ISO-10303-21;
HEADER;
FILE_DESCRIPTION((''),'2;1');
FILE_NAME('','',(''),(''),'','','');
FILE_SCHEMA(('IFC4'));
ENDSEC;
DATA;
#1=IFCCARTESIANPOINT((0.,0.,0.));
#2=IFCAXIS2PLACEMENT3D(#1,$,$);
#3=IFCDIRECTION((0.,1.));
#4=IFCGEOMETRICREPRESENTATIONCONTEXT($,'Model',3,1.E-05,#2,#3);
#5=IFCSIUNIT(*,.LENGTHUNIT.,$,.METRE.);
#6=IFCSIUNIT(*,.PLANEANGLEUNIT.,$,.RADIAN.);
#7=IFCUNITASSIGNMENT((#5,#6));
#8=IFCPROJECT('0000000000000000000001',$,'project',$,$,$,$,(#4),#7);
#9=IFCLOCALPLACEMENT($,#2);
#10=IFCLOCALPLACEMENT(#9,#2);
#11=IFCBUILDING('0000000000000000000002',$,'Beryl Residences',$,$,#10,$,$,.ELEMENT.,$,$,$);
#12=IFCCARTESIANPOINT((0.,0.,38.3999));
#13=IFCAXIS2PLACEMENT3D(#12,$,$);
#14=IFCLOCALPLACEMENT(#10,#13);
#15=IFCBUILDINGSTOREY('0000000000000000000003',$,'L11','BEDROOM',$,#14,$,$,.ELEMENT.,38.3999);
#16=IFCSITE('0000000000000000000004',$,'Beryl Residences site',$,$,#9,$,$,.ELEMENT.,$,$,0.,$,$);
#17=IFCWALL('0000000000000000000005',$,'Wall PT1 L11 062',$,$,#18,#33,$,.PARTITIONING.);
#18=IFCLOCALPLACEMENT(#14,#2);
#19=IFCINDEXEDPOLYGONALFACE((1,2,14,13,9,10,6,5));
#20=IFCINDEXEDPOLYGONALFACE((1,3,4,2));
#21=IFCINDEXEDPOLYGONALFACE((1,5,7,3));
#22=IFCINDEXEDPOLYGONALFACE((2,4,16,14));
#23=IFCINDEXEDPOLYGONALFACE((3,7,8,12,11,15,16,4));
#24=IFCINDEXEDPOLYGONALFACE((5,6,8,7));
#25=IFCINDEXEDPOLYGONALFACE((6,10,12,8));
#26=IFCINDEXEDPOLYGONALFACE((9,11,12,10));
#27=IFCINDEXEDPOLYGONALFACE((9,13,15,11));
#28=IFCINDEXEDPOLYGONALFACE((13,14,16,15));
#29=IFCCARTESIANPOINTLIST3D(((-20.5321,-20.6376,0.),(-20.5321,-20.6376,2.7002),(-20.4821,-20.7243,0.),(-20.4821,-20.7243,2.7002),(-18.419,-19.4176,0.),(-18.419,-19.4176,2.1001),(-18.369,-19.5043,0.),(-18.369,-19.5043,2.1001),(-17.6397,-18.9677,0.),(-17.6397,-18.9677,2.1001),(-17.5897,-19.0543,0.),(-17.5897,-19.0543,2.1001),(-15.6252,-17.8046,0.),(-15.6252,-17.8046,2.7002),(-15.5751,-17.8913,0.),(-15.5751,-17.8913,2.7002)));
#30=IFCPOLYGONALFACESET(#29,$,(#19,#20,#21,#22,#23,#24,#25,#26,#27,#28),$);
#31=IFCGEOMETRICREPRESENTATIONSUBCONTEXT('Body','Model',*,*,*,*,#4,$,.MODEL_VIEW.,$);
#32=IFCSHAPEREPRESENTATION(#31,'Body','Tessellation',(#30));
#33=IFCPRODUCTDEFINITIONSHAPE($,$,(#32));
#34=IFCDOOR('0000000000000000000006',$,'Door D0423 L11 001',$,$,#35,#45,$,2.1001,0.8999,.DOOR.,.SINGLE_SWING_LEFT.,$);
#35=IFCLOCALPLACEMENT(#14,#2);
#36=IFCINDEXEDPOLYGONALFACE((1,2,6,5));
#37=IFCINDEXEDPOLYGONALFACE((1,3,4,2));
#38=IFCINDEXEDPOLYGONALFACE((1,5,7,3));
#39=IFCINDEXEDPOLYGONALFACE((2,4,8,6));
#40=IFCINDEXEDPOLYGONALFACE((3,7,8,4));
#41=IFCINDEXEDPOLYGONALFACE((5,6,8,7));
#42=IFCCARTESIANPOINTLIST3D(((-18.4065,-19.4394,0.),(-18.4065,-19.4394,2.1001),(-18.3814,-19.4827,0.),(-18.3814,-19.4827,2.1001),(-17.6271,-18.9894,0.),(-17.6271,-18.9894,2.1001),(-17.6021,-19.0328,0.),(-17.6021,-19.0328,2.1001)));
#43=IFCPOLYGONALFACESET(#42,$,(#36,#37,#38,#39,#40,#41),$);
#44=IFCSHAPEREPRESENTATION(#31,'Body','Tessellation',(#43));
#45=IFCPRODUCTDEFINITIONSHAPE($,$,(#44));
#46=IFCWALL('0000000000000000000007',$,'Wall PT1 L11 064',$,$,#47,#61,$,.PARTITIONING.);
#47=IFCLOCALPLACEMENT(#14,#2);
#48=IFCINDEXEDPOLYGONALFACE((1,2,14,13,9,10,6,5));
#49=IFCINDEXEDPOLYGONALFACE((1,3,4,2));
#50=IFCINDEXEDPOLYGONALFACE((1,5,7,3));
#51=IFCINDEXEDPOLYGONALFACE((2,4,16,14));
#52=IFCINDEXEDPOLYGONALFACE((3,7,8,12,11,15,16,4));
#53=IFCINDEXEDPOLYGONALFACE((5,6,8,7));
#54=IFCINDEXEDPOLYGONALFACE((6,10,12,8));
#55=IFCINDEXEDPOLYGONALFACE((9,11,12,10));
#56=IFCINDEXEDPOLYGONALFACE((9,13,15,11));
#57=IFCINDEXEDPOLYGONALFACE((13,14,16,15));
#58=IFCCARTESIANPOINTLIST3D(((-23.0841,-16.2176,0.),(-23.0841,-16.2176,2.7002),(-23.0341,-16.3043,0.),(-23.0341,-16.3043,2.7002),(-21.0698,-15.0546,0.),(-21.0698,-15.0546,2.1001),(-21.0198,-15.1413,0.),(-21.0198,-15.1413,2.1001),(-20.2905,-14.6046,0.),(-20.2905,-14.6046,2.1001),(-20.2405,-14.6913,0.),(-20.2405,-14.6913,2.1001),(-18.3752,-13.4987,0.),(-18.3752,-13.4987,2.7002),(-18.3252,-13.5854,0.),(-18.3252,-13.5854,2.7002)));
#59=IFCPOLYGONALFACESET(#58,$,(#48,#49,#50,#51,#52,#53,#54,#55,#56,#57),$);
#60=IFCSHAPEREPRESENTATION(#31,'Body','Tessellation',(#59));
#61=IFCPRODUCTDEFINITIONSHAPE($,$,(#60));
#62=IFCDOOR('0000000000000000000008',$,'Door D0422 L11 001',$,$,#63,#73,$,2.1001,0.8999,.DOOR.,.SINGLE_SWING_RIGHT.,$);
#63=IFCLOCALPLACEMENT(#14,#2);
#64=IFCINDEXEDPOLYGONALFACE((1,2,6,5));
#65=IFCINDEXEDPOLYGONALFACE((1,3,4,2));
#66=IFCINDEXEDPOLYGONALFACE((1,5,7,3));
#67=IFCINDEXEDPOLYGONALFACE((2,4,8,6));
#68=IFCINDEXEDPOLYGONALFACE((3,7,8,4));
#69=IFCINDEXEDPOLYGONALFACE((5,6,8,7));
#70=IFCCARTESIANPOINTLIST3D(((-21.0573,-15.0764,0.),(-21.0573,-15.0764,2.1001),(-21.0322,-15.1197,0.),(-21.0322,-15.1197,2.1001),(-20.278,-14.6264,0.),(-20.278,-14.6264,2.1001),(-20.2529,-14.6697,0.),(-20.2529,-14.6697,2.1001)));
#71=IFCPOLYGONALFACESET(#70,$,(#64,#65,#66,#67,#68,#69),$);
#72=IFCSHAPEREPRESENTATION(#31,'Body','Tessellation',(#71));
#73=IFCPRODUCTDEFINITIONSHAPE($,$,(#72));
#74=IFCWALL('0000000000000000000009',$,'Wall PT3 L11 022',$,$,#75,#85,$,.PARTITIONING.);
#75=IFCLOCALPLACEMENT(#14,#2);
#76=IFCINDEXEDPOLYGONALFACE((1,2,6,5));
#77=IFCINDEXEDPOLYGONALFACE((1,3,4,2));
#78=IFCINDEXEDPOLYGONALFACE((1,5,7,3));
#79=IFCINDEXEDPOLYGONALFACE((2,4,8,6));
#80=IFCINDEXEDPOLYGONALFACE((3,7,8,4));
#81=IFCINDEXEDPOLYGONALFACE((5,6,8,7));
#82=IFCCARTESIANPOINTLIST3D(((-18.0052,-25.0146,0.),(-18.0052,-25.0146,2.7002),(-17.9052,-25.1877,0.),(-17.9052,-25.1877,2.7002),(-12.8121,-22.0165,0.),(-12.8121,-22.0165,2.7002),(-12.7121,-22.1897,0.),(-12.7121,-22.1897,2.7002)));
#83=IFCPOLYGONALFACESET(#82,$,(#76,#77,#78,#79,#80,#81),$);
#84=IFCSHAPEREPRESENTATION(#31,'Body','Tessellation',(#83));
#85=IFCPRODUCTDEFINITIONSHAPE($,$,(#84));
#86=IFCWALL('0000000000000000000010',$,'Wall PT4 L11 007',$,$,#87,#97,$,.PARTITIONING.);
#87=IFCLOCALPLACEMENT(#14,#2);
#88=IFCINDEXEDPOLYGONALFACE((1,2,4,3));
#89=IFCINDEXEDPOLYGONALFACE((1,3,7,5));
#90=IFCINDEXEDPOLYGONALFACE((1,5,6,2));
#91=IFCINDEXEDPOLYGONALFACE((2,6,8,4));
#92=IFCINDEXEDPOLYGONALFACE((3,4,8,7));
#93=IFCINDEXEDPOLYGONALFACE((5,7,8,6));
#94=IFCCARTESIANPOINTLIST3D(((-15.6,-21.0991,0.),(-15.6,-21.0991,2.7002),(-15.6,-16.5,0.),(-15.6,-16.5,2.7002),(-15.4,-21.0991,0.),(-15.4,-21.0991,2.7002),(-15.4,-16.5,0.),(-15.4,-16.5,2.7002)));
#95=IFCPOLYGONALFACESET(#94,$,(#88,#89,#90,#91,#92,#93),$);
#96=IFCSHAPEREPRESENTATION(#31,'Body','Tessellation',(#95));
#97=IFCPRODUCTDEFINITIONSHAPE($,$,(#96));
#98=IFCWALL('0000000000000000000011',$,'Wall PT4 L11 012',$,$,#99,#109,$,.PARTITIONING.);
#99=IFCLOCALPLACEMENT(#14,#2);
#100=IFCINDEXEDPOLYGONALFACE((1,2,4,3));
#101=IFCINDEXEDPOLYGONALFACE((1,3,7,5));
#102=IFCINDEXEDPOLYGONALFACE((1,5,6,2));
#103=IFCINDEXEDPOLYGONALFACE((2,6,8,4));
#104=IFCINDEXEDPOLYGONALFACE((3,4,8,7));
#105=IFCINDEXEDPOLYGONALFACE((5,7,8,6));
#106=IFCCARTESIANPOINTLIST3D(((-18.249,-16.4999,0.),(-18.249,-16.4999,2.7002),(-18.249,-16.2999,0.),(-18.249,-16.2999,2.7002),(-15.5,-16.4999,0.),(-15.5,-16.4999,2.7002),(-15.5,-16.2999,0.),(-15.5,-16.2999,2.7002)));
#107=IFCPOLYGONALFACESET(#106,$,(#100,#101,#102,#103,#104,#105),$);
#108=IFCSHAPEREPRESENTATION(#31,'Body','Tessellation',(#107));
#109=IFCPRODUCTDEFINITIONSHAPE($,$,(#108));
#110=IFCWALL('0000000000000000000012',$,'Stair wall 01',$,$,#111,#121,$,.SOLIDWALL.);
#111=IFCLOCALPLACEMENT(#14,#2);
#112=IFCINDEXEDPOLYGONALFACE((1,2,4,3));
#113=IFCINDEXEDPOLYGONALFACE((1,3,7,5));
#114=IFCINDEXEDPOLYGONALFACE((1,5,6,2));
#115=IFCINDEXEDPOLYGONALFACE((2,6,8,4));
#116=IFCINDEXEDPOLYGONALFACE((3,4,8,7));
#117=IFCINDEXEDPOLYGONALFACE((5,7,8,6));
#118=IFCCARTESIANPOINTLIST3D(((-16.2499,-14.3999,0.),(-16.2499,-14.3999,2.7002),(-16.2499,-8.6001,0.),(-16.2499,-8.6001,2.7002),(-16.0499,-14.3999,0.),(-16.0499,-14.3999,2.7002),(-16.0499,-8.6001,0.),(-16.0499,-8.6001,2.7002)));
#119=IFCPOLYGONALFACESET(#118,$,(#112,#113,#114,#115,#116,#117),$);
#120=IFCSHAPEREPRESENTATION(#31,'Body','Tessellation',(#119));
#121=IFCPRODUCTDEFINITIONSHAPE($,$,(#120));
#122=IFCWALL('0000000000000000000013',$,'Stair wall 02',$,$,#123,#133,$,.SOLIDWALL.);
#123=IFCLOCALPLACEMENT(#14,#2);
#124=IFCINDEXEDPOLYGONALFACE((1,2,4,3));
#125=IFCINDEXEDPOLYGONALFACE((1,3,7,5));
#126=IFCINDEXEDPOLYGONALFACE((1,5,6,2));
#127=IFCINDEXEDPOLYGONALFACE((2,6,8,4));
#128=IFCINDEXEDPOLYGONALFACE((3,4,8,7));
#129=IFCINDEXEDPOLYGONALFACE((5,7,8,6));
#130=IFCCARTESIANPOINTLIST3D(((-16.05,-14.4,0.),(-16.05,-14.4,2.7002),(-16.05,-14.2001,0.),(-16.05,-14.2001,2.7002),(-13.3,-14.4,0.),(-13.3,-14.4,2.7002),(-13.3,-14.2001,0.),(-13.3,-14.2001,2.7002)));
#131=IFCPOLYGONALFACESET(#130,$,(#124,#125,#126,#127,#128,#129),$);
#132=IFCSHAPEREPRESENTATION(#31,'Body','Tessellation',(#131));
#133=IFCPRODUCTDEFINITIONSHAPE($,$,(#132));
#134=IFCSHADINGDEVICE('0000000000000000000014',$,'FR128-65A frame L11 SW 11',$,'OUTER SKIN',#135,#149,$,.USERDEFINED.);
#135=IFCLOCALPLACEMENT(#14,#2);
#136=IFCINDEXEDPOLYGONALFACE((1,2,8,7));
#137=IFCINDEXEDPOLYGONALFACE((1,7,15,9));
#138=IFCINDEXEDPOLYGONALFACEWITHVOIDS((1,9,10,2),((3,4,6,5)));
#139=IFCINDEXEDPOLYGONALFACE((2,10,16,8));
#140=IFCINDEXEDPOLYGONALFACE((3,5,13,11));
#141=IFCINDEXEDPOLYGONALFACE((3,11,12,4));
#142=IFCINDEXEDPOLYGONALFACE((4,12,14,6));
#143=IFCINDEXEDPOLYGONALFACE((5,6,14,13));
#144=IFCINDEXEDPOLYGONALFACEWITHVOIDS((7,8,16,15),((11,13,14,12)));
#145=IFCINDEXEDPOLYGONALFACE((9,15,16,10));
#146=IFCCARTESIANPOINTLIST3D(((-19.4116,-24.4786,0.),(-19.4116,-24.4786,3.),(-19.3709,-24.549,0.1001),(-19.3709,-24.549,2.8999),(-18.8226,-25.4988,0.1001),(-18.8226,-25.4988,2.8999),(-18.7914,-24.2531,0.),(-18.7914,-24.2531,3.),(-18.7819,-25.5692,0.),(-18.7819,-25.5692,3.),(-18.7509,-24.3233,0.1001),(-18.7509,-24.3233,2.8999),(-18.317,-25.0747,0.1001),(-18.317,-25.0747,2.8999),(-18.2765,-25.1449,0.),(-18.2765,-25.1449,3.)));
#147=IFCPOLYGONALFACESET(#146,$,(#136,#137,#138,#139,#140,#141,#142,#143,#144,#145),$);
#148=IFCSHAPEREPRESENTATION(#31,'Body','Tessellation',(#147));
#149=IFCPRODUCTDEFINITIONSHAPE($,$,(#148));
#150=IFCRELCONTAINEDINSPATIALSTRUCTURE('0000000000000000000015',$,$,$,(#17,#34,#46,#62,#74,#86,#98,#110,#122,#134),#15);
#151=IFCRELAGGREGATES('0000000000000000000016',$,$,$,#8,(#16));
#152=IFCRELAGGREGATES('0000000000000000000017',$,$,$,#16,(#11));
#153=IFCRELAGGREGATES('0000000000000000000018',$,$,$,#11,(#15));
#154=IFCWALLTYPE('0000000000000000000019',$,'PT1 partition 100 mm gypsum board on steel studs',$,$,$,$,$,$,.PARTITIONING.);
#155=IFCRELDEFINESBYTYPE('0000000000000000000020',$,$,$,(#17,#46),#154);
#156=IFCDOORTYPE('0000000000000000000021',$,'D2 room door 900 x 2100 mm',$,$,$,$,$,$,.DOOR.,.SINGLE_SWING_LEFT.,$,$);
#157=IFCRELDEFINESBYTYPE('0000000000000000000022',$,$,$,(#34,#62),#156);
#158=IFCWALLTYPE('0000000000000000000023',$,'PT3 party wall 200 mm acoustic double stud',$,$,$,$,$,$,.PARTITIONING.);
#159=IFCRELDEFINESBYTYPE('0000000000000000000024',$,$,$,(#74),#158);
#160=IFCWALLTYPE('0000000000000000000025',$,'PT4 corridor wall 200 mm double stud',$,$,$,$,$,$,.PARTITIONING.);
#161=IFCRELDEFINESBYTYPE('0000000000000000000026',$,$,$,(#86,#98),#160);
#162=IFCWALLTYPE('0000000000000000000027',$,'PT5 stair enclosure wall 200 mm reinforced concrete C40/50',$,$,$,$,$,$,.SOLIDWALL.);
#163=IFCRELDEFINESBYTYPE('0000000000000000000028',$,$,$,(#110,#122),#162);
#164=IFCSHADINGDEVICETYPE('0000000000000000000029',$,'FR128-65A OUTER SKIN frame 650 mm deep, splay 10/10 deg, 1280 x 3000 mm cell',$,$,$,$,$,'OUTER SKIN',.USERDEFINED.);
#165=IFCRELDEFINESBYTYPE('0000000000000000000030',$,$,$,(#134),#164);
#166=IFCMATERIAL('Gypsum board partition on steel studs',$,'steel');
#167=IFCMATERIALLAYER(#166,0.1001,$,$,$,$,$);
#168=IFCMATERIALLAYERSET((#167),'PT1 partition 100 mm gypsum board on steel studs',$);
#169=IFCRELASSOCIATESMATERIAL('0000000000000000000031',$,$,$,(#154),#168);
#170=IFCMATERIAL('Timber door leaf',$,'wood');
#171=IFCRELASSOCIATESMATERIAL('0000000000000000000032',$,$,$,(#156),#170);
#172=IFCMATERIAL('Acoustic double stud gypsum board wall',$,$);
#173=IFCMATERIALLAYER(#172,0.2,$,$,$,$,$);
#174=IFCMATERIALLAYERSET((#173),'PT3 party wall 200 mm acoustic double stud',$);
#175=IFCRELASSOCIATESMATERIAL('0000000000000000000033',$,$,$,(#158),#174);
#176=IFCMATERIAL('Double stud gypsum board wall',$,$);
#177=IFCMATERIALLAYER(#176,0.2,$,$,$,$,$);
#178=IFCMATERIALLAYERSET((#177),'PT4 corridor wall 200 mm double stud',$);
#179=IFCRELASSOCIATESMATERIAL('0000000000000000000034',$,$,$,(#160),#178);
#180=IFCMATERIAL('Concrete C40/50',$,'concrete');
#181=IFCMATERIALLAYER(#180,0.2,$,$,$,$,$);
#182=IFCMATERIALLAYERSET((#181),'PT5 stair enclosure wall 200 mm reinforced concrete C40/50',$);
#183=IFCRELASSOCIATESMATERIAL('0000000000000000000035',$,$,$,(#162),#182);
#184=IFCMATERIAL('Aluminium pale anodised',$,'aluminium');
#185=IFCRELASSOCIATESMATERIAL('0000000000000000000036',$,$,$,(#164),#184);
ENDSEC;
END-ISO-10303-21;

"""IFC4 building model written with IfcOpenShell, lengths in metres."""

from ifc_helpers import new_model, entity, si_unit, direction, frame, frame_2d, origin, place, context, subcontext, project, spatial, rectangle, extrude, source, transform, mapped, material, layer, layer_set, type_object, type_shapes, element, fill, save


model = new_model("IFC4")

# Units and contexts
model_context = context("Model", 3, precision=1e-05, world=origin(), true_north=direction((0.0, 1.0)))
body_context = subcontext(model_context, "Body", "Model", "MODEL_VIEW")
ifc_project = project(units=[si_unit("LENGTHUNIT", "METRE"), si_unit("PLANEANGLEUNIT", "RADIAN")], contexts=[model_context])

# Site, building, storey
site_placement = place(None, origin())
site = spatial("IfcSite", under=ifc_project, at=site_placement, Name="Beryl Residences site", CompositionType="ELEMENT", RefElevation=0.0)
building_placement = place(site_placement, origin())
building = spatial("IfcBuilding", under=site, at=building_placement, Name="Beryl Residences", CompositionType="ELEMENT")
storey_placement = place(building_placement, frame((0.0, 0.0, 38.3999)))
storey = spatial("IfcBuildingStorey", under=building, at=storey_placement, Name="L11", Description="BEDROOM", CompositionType="ELEMENT", Elevation=38.3999)

# Shared definitions
ifc_material_1 = material(Name="Gypsum board partition on steel studs", Category="steel")
ifc_layer_1 = layer(ifc_material_1, 0.1001)
ifc_layer_set_1 = layer_set([ifc_layer_1], Name="PT1 partition 100 mm gypsum board on steel studs")
wall_type_1 = type_object("IfcWallType", Name="PT1 partition 100 mm gypsum board on steel studs", PredefinedType="PARTITIONING", material=ifc_layer_set_1)

# Walls, openings, doors
wall_1_placement = place(storey_placement, frame((-20.5071, -20.6809, 0.0), z_axis=(0.0, 0.0, 1.0), x_axis=(0.866028, 0.499995, 0.0)))
wall_1 = element("IfcWall", 1, at=wall_1_placement, inside=storey, type_object=wall_type_1, Name="Wall PT1 L11 062", PredefinedType="PARTITIONING", context=body_context, shape_type="SweptSolid", body=[
    extrude(rectangle(XDim=5.666, YDim=0.1001, at=frame_2d((2.833, 0.0))), origin(), (0.0, 0.0, 1.0), 2.7002),
])
opening_1_placement = place(wall_1_placement, frame((2.4399, 0.0, 0.0)))
opening_1 = element("IfcOpeningElement", 2, at=opening_1_placement, cuts=wall_1, PredefinedType="OPENING", context=body_context, shape_type="SweptSolid", body=[
    extrude(rectangle(XDim=0.8999, YDim=2.1001, at=frame_2d((0.45, 1.05))), frame((0.0, 0.0601, 0.0), z_axis=(0.0, -1.0, 0.0), x_axis=(1.0, 0.0, 0.0)), (0.0, 0.0, 1.0), 0.1201),
])
ifc_material_2 = material(Name="Timber door leaf", Category="wood")
door_type_1 = type_object("IfcDoorType", Name="D2 room door 900 x 2100 mm", OperationType="SINGLE_SWING_LEFT", PredefinedType="DOOR", material=ifc_material_2)
door_1_placement = place(opening_1_placement, origin())
door_1 = element("IfcDoor", 3, at=door_1_placement, inside=storey, type_object=door_type_1, Name="Door D0423 L11 001", OperationType="SINGLE_SWING_LEFT", OverallHeight=2.1001, OverallWidth=0.8999, PredefinedType="DOOR", context=body_context, shape_type="SweptSolid", body=[
    extrude(rectangle(XDim=0.8999, YDim=2.1001, at=frame_2d((0.45, 1.05))), frame((0.0, 0.0249, 0.0), z_axis=(0.0, -1.0, 0.0), x_axis=(1.0, 0.0, 0.0)), (0.0, 0.0, 1.0), 0.05),
])
fill(opening_1, door_1)
wall_2_placement = place(storey_placement, frame((-23.0591, -16.261, 0.0), z_axis=(0.0, 0.0, 1.0), x_axis=(0.866005, 0.500036, 0.0)))
wall_2 = element("IfcWall", 4, at=wall_2_placement, inside=storey, type_object=wall_type_1, Name="Wall PT1 L11 064", PredefinedType="PARTITIONING", context=body_context, shape_type="SweptSolid", body=[
    extrude(rectangle(XDim=5.4375, YDim=0.1001, at=frame_2d((2.7188, 0.0))), origin(), (0.0, 0.0, 1.0), 2.7002),
])
opening_2_placement = place(wall_2_placement, frame((2.3259, 0.0, 0.0)))
opening_2 = element("IfcOpeningElement", 5, at=opening_2_placement, cuts=wall_2, PredefinedType="OPENING", context=body_context, shape_type="SweptSolid", body=[
    extrude(rectangle(XDim=0.8999, YDim=2.1001, at=frame_2d((0.45, 1.05))), frame((0.0, 0.0601, 0.0), z_axis=(0.0, -1.0, 0.0), x_axis=(1.0, 0.0, 0.0)), (0.0, 0.0, 1.0), 0.1201),
])
door_2_placement = place(opening_2_placement, origin())
door_2 = element("IfcDoor", 6, at=door_2_placement, inside=storey, type_object=door_type_1, Name="Door D0422 L11 001", OperationType="SINGLE_SWING_RIGHT", OverallHeight=2.1001, OverallWidth=0.8999, PredefinedType="DOOR", context=body_context, shape_type="SweptSolid", body=[
    extrude(rectangle(XDim=0.8999, YDim=2.1001, at=frame_2d((0.45, 1.05))), frame((0.0, 0.0249, 0.0), z_axis=(0.0, -1.0, 0.0), x_axis=(1.0, 0.0, 0.0)), (0.0, 0.0, 1.0), 0.05),
])
fill(opening_2, door_2)

# Walls
ifc_material_3 = material(Name="Acoustic double stud gypsum board wall")
ifc_layer_2 = layer(ifc_material_3, 0.2)
ifc_layer_set_2 = layer_set([ifc_layer_2], Name="PT3 party wall 200 mm acoustic double stud")
wall_type_2 = type_object("IfcWallType", Name="PT3 party wall 200 mm acoustic double stud", PredefinedType="PARTITIONING", material=ifc_layer_set_2)
wall_3_placement = place(storey_placement, frame((-17.9551, -25.1011, 0.0), z_axis=(0.0, 0.0, 1.0), x_axis=(0.86604, 0.499975, 0.0)))
element("IfcWall", 7, at=wall_3_placement, inside=storey, type_object=wall_type_2, Name="Wall PT3 L11 022", PredefinedType="PARTITIONING", context=body_context, shape_type="SweptSolid", body=[
    extrude(rectangle(XDim=5.9963, YDim=0.2, at=frame_2d((2.998, 0.0))), origin(), (0.0, 0.0, 1.0), 2.7002),
])
ifc_material_4 = material(Name="Double stud gypsum board wall")
ifc_layer_3 = layer(ifc_material_4, 0.2)
ifc_layer_set_3 = layer_set([ifc_layer_3], Name="PT4 corridor wall 200 mm double stud")
wall_type_3 = type_object("IfcWallType", Name="PT4 corridor wall 200 mm double stud", PredefinedType="PARTITIONING", material=ifc_layer_set_3)
wall_4_placement = place(storey_placement, frame((-15.5, -16.5, 0.0), z_axis=(0.0, 0.0, 1.0), x_axis=(0.0, -1.0, 0.0)))
element("IfcWall", 8, at=wall_4_placement, inside=storey, type_object=wall_type_3, Name="Wall PT4 L11 007", PredefinedType="PARTITIONING", context=body_context, shape_type="SweptSolid", body=[
    extrude(rectangle(XDim=4.5991, YDim=0.2, at=frame_2d((2.2996, 0.0))), origin(), (0.0, 0.0, 1.0), 2.7002),
])
wall_5_placement = place(storey_placement, frame((-18.249, -16.3999, 0.0), z_axis=(0.0, 0.0, 1.0), x_axis=(1.0, 0.0, 0.0)))
element("IfcWall", 9, at=wall_5_placement, inside=storey, type_object=wall_type_3, Name="Wall PT4 L11 012", PredefinedType="PARTITIONING", context=body_context, shape_type="SweptSolid", body=[
    extrude(rectangle(XDim=2.749, YDim=0.2, at=frame_2d((1.3745, 0.0))), origin(), (0.0, 0.0, 1.0), 2.7002),
])
ifc_material_5 = material(Name="Concrete C40/50", Category="concrete")
ifc_layer_4 = layer(ifc_material_5, 0.2)
ifc_layer_set_4 = layer_set([ifc_layer_4], Name="PT5 stair enclosure wall 200 mm reinforced concrete C40/50")
wall_type_4 = type_object("IfcWallType", Name="PT5 stair enclosure wall 200 mm reinforced concrete C40/50", PredefinedType="SOLIDWALL", material=ifc_layer_set_4)
wall_6_placement = place(storey_placement, frame((-16.1499, -14.3999, 0.0), z_axis=(0.0, 0.0, 1.0), x_axis=(0.0, 1.0, 0.0)))
element("IfcWall", 10, at=wall_6_placement, inside=storey, type_object=wall_type_4, Name="Stair wall 01", PredefinedType="SOLIDWALL", context=body_context, shape_type="SweptSolid", body=[
    extrude(rectangle(XDim=5.7998, YDim=0.2, at=frame_2d((2.8999, 0.0))), origin(), (0.0, 0.0, 1.0), 2.7002),
])
wall_7_placement = place(storey_placement, frame((-16.05, -14.3, 0.0), z_axis=(0.0, 0.0, 1.0), x_axis=(1.0, 0.0, 0.0)))
element("IfcWall", 11, at=wall_7_placement, inside=storey, type_object=wall_type_4, Name="Stair wall 02", PredefinedType="SOLIDWALL", context=body_context, shape_type="SweptSolid", body=[
    extrude(rectangle(XDim=2.75, YDim=0.2, at=frame_2d((1.375, 0.0))), origin(), (0.0, 0.0, 1.0), 2.7002),
])

# Shading device
ifc_material_6 = material(Name="Aluminium pale anodised", Category="aluminium")
shading_device_type_1 = type_object("IfcShadingDeviceType", Name="FR128-65A OUTER SKIN frame 650 mm deep, splay 10/10 deg, 1280 x 3000 mm cell", ElementType="OUTER SKIN", PredefinedType="USERDEFINED", material=ifc_material_6)
cartesian_point_1 = entity("IfcCartesianPoint", [-0.5149, 0.0])
cartesian_point_2 = entity("IfcCartesianPoint", [-0.4338, 0.1001])
cartesian_point_3 = entity("IfcCartesianPoint", [-0.6296, 0.0])
cartesian_point_4 = entity("IfcCartesianPoint", [-0.5483, 0.1001])
shared_shape_1 = source(origin(), body_context, "Body", "SweptSolid", [
    entity("IfcExtrudedAreaSolidTapered", entity("IfcArbitraryProfileDefWithVoids", "AREA", None, entity("IfcPolyline", [cartesian_point_1, entity("IfcCartesianPoint", [0.5149, 0.0]), entity("IfcCartesianPoint", [0.5149, 3.0]), entity("IfcCartesianPoint", [-0.5149, 3.0]), cartesian_point_1]), [entity("IfcPolyline", [cartesian_point_2, entity("IfcCartesianPoint", [0.4338, 0.1001]), entity("IfcCartesianPoint", [0.4338, 2.8999]), entity("IfcCartesianPoint", [-0.4338, 2.8999]), cartesian_point_2])]), entity("IfcAxis2Placement3D", entity("IfcCartesianPoint", [0.0, 0.0, 0.0]), entity("IfcDirection", [0.0, 1.0, 0.0]), entity("IfcDirection", [-1.0, 0.0, 0.0])), entity("IfcDirection", [0.0, 0.0, 1.0]), 0.6499, entity("IfcArbitraryProfileDefWithVoids", "AREA", None, entity("IfcPolyline", [cartesian_point_3, entity("IfcCartesianPoint", [0.6296, 0.0]), entity("IfcCartesianPoint", [0.6296, 3.0]), entity("IfcCartesianPoint", [-0.6296, 3.0]), cartesian_point_3]), [entity("IfcPolyline", [cartesian_point_4, entity("IfcCartesianPoint", [0.5483, 0.1001]), entity("IfcCartesianPoint", [0.5483, 2.8999]), entity("IfcCartesianPoint", [-0.5483, 2.8999]), cartesian_point_4])])),
])
type_shapes(shading_device_type_1, [shared_shape_1])
shading_device_1_placement = place(storey_placement, frame((-18.5339, -24.699, 0.0), z_axis=(0.0, 0.0, 1.0), x_axis=(-0.5, 0.866025, 0.0)))
element("IfcShadingDevice", 12, at=shading_device_1_placement, inside=storey, type_object=shading_device_type_1, Name="FR128-65A frame L11 SW 11", ObjectType="OUTER SKIN", PredefinedType="USERDEFINED", context=body_context, shape_type="MappedRepresentation", body=[
    mapped(shared_shape_1, transform((0.0, 0.0, 0.0))),
])

save(model, "model.ifc")
